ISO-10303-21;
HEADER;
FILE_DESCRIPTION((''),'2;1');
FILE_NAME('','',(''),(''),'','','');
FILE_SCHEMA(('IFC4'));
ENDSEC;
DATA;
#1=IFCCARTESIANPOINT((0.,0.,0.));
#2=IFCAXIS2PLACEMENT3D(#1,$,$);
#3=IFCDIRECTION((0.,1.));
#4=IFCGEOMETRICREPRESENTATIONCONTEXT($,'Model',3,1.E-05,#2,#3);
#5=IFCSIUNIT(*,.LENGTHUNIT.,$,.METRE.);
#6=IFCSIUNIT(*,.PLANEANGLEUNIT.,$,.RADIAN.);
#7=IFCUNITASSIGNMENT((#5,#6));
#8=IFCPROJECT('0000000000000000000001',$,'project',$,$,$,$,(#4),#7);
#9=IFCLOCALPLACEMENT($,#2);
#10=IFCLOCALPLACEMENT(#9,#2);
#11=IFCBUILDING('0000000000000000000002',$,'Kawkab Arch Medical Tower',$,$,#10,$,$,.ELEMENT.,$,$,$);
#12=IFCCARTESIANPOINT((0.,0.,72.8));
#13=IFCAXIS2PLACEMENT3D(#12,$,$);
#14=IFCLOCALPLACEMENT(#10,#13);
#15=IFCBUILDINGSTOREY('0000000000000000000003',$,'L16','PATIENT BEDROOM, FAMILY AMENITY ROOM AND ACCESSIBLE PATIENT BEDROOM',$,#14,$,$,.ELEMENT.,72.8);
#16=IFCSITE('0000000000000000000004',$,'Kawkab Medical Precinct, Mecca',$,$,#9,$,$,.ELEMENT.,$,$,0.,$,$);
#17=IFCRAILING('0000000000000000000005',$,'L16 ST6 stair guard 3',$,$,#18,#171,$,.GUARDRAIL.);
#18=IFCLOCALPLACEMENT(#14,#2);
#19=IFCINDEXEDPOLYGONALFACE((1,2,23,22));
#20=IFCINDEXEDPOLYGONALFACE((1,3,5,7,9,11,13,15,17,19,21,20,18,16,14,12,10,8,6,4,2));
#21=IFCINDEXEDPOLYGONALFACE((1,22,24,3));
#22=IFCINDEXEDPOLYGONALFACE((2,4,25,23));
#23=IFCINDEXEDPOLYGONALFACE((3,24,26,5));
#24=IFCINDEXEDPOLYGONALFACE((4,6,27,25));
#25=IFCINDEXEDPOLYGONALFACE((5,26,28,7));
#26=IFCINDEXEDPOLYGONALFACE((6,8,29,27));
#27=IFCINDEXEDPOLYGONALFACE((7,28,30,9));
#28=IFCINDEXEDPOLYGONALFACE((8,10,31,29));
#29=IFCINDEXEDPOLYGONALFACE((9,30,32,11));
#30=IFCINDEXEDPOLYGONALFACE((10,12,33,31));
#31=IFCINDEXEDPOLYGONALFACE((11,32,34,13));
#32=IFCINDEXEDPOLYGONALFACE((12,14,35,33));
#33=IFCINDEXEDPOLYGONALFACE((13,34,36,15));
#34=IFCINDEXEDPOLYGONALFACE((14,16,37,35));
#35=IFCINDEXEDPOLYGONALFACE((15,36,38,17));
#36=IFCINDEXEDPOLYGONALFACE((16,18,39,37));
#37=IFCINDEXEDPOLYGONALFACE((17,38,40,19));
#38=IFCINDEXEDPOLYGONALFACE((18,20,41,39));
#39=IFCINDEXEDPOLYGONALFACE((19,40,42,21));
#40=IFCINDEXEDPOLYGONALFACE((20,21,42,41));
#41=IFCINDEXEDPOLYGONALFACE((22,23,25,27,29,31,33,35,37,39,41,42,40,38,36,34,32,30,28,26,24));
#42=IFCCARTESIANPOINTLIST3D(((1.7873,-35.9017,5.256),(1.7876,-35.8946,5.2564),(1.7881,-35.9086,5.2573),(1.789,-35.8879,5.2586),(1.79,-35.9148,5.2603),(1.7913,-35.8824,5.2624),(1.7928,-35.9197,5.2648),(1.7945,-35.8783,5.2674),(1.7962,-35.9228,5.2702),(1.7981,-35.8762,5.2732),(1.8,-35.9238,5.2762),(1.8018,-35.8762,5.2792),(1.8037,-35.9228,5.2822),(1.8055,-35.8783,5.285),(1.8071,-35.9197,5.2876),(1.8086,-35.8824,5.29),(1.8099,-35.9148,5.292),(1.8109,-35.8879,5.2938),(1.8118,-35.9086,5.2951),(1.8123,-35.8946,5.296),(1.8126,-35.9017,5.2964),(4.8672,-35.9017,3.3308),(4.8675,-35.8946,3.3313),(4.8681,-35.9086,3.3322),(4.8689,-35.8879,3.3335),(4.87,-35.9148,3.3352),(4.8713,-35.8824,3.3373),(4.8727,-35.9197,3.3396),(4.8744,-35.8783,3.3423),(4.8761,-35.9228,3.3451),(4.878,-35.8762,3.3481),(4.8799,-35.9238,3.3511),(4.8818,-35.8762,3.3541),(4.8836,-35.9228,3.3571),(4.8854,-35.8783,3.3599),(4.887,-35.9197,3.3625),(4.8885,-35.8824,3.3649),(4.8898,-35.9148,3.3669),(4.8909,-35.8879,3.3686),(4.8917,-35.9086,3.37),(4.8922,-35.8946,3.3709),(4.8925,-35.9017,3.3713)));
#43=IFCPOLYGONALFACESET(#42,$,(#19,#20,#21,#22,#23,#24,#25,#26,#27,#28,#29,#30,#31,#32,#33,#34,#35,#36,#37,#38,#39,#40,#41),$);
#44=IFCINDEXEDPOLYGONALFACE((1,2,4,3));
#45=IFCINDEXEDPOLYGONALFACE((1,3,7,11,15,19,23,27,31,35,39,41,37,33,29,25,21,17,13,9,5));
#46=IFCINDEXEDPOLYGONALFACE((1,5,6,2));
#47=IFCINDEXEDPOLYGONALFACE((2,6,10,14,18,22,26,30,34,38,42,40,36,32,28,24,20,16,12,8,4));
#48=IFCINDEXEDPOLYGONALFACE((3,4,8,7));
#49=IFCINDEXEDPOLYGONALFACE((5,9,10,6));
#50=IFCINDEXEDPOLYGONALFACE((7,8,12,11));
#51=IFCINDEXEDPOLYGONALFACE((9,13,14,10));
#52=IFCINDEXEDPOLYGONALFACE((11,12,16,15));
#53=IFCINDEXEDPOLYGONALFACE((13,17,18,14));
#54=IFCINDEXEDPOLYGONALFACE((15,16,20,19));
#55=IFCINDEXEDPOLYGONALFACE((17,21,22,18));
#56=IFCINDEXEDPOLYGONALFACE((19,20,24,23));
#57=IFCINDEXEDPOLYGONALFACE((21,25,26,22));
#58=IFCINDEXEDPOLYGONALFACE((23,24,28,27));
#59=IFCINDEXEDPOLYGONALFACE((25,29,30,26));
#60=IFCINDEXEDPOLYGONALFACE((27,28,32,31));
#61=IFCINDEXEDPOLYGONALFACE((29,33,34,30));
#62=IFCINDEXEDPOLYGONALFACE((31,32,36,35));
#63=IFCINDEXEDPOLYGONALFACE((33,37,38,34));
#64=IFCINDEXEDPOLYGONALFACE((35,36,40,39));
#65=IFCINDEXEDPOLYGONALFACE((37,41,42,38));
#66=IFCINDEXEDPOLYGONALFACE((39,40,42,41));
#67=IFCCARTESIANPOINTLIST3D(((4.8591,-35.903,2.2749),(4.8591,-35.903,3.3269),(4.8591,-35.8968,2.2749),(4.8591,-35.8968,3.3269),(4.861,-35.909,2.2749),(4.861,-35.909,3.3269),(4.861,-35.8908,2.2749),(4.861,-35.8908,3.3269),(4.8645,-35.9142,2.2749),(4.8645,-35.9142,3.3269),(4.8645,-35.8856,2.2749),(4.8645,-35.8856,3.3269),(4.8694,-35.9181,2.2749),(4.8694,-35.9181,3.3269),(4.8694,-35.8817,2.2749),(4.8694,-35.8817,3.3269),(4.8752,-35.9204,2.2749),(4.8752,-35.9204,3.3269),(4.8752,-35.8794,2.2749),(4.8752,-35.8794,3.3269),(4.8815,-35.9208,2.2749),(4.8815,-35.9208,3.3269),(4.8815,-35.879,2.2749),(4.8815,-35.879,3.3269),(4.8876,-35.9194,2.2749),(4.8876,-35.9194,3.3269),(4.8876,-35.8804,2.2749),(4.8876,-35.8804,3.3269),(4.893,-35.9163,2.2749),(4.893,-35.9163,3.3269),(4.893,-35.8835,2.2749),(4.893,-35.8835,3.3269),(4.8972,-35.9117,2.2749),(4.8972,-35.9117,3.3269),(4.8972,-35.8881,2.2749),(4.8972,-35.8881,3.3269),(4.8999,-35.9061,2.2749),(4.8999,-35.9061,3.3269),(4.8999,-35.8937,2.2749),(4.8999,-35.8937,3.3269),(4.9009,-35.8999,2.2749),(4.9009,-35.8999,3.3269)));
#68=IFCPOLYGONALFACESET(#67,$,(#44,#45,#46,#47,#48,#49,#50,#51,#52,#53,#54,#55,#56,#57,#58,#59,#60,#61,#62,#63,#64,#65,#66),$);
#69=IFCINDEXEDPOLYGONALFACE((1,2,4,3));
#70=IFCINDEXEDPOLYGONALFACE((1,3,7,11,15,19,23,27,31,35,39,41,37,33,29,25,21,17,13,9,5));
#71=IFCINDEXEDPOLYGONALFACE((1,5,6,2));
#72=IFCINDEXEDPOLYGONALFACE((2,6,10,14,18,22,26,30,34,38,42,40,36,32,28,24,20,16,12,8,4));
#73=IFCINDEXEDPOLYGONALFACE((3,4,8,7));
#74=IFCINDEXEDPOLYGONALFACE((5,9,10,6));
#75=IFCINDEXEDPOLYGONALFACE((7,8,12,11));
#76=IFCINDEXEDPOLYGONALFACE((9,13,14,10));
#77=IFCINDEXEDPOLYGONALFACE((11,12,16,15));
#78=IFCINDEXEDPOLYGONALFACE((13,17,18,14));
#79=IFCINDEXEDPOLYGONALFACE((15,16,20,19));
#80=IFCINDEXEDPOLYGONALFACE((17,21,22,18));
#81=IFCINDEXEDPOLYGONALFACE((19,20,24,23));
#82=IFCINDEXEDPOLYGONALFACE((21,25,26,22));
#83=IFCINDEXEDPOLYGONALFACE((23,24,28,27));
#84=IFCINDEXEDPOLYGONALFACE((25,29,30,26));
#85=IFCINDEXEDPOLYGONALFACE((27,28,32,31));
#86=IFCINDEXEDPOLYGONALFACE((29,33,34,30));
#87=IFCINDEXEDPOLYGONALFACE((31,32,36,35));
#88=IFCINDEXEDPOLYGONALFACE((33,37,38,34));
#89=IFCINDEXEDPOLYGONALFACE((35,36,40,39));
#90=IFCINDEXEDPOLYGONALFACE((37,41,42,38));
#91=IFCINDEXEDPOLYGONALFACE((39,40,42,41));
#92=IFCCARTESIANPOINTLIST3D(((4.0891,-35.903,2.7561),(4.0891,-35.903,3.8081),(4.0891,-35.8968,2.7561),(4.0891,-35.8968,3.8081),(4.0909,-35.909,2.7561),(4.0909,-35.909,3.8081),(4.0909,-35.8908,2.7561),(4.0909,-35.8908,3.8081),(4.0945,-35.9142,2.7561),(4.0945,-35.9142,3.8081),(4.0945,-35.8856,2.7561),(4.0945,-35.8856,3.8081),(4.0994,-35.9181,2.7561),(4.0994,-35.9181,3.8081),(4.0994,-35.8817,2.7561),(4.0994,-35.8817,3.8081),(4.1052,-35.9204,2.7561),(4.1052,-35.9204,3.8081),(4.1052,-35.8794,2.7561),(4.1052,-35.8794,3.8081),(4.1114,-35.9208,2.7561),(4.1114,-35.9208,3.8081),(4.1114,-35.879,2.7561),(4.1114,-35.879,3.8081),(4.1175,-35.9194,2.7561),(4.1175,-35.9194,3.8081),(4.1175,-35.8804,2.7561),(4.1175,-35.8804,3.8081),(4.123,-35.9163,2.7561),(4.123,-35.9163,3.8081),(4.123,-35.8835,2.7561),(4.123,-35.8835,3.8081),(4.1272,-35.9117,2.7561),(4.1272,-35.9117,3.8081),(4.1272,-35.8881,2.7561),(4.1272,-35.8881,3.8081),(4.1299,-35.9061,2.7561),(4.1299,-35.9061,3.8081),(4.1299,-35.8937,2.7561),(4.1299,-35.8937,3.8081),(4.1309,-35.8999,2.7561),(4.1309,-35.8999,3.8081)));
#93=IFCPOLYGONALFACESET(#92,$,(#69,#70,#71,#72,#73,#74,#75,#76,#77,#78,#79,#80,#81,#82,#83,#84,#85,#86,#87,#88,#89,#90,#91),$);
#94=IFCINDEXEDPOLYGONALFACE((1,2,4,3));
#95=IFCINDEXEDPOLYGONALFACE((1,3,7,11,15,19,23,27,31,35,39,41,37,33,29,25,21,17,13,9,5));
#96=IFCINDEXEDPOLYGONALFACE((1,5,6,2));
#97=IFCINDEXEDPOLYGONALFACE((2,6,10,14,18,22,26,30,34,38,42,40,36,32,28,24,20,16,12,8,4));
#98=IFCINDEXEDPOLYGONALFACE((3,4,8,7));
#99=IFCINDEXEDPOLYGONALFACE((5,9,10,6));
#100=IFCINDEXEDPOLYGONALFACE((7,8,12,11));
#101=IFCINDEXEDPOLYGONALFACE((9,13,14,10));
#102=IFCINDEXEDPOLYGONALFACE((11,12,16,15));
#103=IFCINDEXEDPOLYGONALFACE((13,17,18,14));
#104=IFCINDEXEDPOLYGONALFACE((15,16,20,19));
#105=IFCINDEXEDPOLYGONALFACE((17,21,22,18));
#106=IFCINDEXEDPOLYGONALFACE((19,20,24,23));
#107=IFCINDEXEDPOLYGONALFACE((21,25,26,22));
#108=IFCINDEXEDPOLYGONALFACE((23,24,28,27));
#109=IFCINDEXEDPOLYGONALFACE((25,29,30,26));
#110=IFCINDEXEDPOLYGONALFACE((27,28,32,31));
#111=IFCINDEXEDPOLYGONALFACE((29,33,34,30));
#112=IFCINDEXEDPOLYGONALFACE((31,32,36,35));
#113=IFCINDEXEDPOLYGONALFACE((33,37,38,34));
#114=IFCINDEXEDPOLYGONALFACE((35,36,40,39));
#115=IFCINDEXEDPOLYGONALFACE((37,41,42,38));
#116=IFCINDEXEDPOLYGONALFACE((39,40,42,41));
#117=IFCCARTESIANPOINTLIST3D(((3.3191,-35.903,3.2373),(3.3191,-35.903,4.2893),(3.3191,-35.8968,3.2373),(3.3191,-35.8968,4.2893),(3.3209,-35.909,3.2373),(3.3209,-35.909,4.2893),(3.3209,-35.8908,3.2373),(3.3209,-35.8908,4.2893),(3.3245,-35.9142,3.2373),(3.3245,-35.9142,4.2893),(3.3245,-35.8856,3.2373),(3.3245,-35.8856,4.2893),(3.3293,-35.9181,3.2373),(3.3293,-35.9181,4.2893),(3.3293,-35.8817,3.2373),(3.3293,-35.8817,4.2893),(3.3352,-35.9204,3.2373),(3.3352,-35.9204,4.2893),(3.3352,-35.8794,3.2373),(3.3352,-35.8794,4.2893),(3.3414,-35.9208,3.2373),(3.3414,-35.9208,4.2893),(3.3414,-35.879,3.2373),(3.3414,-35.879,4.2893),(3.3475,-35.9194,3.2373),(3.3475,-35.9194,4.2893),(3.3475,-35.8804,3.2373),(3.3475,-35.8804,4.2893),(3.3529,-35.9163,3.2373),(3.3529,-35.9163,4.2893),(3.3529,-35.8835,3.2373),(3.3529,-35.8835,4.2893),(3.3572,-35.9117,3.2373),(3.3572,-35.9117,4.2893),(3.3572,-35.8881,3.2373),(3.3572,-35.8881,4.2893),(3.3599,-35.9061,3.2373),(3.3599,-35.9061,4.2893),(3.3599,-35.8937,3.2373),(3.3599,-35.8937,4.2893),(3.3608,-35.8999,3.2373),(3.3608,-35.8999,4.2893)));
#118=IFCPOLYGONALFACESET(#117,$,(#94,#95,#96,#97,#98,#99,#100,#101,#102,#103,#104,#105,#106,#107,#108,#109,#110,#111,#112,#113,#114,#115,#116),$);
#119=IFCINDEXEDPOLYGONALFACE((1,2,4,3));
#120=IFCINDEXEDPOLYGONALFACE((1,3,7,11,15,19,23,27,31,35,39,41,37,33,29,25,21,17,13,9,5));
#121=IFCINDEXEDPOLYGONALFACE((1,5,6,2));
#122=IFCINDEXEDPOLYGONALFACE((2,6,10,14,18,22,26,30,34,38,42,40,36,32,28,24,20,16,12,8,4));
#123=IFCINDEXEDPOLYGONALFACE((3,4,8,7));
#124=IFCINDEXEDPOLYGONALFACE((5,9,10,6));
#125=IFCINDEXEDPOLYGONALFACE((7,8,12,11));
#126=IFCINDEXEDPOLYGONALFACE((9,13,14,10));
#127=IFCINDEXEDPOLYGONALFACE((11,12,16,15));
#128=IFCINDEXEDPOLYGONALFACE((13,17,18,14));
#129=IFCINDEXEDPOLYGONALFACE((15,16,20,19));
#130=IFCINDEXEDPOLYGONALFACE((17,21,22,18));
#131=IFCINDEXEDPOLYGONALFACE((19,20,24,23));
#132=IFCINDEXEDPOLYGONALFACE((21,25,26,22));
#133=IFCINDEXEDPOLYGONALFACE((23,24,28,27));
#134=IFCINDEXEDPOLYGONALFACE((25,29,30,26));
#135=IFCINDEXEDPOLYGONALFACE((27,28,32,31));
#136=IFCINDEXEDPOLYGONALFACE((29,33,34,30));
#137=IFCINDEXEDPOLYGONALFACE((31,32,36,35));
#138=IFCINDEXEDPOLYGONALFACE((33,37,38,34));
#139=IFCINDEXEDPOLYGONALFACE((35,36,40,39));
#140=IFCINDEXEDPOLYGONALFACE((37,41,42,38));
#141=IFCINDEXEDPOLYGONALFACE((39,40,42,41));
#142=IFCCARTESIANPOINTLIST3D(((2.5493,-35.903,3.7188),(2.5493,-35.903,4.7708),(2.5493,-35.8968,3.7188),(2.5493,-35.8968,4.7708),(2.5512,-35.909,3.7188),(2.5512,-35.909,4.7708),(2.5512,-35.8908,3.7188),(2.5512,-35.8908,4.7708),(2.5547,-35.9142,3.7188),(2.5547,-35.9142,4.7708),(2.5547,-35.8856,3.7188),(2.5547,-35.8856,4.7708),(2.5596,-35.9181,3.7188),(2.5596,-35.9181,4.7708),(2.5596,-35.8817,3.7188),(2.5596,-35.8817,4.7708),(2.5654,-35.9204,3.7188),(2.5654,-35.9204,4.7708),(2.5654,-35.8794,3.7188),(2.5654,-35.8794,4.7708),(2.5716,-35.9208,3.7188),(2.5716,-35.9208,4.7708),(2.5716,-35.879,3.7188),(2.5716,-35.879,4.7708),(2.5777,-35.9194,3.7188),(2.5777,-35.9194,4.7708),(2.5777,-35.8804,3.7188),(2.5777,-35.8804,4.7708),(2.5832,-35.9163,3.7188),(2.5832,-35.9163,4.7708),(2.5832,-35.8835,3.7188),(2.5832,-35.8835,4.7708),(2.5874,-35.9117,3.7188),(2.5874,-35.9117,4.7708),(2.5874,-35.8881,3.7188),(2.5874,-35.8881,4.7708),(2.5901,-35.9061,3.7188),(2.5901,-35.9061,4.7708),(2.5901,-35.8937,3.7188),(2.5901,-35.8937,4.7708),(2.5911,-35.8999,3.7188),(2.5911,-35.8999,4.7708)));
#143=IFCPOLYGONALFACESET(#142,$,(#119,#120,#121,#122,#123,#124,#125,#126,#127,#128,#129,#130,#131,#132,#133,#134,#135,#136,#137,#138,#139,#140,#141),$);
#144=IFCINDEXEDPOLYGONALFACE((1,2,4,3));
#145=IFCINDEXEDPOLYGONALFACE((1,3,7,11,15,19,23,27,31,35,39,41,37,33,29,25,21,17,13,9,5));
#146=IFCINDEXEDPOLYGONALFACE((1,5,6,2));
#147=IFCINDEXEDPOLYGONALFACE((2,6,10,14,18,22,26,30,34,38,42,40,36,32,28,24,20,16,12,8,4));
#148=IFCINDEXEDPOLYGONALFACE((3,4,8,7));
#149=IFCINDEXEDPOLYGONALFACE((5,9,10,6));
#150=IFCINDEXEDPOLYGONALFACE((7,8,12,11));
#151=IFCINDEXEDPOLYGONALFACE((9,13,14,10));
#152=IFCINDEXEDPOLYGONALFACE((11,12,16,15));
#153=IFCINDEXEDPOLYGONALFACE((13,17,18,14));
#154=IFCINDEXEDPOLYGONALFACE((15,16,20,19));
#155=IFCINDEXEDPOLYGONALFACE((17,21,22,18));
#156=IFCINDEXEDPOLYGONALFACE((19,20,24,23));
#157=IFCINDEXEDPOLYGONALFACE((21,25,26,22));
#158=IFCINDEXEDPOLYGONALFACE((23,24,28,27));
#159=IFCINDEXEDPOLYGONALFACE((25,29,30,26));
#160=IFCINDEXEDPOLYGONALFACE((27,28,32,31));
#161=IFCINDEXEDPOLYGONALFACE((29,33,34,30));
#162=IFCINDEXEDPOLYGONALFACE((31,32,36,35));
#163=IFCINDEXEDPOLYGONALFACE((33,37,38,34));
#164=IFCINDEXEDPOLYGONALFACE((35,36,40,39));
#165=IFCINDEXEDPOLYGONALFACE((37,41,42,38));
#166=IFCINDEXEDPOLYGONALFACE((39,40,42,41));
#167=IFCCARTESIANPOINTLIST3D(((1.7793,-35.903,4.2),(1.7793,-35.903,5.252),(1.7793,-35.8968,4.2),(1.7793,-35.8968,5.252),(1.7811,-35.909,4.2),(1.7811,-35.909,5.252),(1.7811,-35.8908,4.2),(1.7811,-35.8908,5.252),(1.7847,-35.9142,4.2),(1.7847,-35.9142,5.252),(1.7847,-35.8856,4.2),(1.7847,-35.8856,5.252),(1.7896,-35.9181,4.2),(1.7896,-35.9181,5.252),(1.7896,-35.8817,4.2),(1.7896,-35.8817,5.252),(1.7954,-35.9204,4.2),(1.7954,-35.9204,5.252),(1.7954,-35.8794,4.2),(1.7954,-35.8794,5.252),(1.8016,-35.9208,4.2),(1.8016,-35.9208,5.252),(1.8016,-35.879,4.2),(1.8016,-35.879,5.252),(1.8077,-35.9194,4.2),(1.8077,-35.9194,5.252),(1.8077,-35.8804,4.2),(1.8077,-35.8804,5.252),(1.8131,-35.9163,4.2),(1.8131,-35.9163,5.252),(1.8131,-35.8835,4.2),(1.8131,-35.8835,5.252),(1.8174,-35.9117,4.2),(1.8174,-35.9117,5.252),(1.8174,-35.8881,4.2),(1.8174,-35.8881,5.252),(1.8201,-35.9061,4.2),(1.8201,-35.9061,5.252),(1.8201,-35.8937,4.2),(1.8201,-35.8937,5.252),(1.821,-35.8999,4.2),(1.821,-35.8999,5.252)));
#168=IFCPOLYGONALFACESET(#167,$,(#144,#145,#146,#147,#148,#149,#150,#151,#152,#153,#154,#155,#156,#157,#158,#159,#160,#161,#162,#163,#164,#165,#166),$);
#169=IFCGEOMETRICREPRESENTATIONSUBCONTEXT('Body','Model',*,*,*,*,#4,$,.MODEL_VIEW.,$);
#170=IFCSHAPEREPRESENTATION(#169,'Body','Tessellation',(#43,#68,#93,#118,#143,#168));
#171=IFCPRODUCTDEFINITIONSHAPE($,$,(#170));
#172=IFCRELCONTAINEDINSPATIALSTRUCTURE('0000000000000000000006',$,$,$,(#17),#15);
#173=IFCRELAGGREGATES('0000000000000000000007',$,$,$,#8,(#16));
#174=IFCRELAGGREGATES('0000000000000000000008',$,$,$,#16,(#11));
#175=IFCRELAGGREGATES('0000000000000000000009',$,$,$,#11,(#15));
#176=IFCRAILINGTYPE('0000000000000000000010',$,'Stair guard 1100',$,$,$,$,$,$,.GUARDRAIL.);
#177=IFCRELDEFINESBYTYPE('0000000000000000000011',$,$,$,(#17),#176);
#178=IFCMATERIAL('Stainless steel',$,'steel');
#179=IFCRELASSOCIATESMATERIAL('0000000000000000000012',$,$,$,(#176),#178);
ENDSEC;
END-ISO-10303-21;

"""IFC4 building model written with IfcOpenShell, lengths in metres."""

from ifc_helpers import new_model, si_unit, direction, frame, origin, origin_2d, place, context, subcontext, project, spatial, circle, extrude, material, type_object, element, save


model = new_model("IFC4")

# Units and contexts
model_context = context("Model", 3, precision=1e-05, world=origin(), true_north=direction((0.0, 1.0)))
body_context = subcontext(model_context, "Body", "Model", "MODEL_VIEW")
ifc_project = project(units=[si_unit("LENGTHUNIT", "METRE"), si_unit("PLANEANGLEUNIT", "RADIAN")], contexts=[model_context])

# Site, building, storey
site_placement = place(None, origin())
site = spatial("IfcSite", under=ifc_project, at=site_placement, Name="Kawkab Medical Precinct, Mecca", CompositionType="ELEMENT", RefElevation=0.0)
building_placement = place(site_placement, origin())
building = spatial("IfcBuilding", under=site, at=building_placement, Name="Kawkab Arch Medical Tower", CompositionType="ELEMENT")
storey_placement = place(building_placement, frame((0.0, 0.0, 72.8)))
storey = spatial("IfcBuildingStorey", under=building, at=storey_placement, Name="L16", Description="PATIENT BEDROOM, FAMILY AMENITY ROOM AND ACCESSIBLE PATIENT BEDROOM", CompositionType="ELEMENT", Elevation=72.8)

# Railing
ifc_material_1 = material(Name="Stainless steel", Category="steel")
railing_type = type_object("IfcRailingType", Name="Stair guard 1100", PredefinedType="GUARDRAIL", material=ifc_material_1)
railing_1_placement = place(storey_placement, frame((4.8799, -35.8999, 2.2749)))
element("IfcRailing", 1, at=railing_1_placement, inside=storey, type_object=railing_type, Name="L16 ST6 stair guard 3", PredefinedType="GUARDRAIL", context=body_context, shape_type="SweptSolid", body=[
    extrude(circle(Radius=0.0239, at=origin_2d()), frame((0.0, 0.0, 1.0762), z_axis=(-0.847979, 0.0, 0.530029), x_axis=(0.0, -1.0, 0.0)), (0.0, 0.0, 1.0), 3.6321),
    extrude(circle(Radius=0.021, at=origin_2d()), origin(), (0.0, 0.0, 1.0), 1.052),
    extrude(circle(Radius=0.021, at=origin_2d()), frame((-0.77, 0.0, 0.4812)), (0.0, 0.0, 1.0), 1.052),
    extrude(circle(Radius=0.021, at=origin_2d()), frame((-1.54, 0.0, 0.9624)), (0.0, 0.0, 1.0), 1.052),
    extrude(circle(Radius=0.021, at=origin_2d()), frame((-2.3098, 0.0, 1.4438)), (0.0, 0.0, 1.0), 1.052),
    extrude(circle(Radius=0.021, at=origin_2d()), frame((-3.0798, 0.0, 1.925)), (0.0, 0.0, 1.0), 1.052),
])

save(model, "model.ifc")
